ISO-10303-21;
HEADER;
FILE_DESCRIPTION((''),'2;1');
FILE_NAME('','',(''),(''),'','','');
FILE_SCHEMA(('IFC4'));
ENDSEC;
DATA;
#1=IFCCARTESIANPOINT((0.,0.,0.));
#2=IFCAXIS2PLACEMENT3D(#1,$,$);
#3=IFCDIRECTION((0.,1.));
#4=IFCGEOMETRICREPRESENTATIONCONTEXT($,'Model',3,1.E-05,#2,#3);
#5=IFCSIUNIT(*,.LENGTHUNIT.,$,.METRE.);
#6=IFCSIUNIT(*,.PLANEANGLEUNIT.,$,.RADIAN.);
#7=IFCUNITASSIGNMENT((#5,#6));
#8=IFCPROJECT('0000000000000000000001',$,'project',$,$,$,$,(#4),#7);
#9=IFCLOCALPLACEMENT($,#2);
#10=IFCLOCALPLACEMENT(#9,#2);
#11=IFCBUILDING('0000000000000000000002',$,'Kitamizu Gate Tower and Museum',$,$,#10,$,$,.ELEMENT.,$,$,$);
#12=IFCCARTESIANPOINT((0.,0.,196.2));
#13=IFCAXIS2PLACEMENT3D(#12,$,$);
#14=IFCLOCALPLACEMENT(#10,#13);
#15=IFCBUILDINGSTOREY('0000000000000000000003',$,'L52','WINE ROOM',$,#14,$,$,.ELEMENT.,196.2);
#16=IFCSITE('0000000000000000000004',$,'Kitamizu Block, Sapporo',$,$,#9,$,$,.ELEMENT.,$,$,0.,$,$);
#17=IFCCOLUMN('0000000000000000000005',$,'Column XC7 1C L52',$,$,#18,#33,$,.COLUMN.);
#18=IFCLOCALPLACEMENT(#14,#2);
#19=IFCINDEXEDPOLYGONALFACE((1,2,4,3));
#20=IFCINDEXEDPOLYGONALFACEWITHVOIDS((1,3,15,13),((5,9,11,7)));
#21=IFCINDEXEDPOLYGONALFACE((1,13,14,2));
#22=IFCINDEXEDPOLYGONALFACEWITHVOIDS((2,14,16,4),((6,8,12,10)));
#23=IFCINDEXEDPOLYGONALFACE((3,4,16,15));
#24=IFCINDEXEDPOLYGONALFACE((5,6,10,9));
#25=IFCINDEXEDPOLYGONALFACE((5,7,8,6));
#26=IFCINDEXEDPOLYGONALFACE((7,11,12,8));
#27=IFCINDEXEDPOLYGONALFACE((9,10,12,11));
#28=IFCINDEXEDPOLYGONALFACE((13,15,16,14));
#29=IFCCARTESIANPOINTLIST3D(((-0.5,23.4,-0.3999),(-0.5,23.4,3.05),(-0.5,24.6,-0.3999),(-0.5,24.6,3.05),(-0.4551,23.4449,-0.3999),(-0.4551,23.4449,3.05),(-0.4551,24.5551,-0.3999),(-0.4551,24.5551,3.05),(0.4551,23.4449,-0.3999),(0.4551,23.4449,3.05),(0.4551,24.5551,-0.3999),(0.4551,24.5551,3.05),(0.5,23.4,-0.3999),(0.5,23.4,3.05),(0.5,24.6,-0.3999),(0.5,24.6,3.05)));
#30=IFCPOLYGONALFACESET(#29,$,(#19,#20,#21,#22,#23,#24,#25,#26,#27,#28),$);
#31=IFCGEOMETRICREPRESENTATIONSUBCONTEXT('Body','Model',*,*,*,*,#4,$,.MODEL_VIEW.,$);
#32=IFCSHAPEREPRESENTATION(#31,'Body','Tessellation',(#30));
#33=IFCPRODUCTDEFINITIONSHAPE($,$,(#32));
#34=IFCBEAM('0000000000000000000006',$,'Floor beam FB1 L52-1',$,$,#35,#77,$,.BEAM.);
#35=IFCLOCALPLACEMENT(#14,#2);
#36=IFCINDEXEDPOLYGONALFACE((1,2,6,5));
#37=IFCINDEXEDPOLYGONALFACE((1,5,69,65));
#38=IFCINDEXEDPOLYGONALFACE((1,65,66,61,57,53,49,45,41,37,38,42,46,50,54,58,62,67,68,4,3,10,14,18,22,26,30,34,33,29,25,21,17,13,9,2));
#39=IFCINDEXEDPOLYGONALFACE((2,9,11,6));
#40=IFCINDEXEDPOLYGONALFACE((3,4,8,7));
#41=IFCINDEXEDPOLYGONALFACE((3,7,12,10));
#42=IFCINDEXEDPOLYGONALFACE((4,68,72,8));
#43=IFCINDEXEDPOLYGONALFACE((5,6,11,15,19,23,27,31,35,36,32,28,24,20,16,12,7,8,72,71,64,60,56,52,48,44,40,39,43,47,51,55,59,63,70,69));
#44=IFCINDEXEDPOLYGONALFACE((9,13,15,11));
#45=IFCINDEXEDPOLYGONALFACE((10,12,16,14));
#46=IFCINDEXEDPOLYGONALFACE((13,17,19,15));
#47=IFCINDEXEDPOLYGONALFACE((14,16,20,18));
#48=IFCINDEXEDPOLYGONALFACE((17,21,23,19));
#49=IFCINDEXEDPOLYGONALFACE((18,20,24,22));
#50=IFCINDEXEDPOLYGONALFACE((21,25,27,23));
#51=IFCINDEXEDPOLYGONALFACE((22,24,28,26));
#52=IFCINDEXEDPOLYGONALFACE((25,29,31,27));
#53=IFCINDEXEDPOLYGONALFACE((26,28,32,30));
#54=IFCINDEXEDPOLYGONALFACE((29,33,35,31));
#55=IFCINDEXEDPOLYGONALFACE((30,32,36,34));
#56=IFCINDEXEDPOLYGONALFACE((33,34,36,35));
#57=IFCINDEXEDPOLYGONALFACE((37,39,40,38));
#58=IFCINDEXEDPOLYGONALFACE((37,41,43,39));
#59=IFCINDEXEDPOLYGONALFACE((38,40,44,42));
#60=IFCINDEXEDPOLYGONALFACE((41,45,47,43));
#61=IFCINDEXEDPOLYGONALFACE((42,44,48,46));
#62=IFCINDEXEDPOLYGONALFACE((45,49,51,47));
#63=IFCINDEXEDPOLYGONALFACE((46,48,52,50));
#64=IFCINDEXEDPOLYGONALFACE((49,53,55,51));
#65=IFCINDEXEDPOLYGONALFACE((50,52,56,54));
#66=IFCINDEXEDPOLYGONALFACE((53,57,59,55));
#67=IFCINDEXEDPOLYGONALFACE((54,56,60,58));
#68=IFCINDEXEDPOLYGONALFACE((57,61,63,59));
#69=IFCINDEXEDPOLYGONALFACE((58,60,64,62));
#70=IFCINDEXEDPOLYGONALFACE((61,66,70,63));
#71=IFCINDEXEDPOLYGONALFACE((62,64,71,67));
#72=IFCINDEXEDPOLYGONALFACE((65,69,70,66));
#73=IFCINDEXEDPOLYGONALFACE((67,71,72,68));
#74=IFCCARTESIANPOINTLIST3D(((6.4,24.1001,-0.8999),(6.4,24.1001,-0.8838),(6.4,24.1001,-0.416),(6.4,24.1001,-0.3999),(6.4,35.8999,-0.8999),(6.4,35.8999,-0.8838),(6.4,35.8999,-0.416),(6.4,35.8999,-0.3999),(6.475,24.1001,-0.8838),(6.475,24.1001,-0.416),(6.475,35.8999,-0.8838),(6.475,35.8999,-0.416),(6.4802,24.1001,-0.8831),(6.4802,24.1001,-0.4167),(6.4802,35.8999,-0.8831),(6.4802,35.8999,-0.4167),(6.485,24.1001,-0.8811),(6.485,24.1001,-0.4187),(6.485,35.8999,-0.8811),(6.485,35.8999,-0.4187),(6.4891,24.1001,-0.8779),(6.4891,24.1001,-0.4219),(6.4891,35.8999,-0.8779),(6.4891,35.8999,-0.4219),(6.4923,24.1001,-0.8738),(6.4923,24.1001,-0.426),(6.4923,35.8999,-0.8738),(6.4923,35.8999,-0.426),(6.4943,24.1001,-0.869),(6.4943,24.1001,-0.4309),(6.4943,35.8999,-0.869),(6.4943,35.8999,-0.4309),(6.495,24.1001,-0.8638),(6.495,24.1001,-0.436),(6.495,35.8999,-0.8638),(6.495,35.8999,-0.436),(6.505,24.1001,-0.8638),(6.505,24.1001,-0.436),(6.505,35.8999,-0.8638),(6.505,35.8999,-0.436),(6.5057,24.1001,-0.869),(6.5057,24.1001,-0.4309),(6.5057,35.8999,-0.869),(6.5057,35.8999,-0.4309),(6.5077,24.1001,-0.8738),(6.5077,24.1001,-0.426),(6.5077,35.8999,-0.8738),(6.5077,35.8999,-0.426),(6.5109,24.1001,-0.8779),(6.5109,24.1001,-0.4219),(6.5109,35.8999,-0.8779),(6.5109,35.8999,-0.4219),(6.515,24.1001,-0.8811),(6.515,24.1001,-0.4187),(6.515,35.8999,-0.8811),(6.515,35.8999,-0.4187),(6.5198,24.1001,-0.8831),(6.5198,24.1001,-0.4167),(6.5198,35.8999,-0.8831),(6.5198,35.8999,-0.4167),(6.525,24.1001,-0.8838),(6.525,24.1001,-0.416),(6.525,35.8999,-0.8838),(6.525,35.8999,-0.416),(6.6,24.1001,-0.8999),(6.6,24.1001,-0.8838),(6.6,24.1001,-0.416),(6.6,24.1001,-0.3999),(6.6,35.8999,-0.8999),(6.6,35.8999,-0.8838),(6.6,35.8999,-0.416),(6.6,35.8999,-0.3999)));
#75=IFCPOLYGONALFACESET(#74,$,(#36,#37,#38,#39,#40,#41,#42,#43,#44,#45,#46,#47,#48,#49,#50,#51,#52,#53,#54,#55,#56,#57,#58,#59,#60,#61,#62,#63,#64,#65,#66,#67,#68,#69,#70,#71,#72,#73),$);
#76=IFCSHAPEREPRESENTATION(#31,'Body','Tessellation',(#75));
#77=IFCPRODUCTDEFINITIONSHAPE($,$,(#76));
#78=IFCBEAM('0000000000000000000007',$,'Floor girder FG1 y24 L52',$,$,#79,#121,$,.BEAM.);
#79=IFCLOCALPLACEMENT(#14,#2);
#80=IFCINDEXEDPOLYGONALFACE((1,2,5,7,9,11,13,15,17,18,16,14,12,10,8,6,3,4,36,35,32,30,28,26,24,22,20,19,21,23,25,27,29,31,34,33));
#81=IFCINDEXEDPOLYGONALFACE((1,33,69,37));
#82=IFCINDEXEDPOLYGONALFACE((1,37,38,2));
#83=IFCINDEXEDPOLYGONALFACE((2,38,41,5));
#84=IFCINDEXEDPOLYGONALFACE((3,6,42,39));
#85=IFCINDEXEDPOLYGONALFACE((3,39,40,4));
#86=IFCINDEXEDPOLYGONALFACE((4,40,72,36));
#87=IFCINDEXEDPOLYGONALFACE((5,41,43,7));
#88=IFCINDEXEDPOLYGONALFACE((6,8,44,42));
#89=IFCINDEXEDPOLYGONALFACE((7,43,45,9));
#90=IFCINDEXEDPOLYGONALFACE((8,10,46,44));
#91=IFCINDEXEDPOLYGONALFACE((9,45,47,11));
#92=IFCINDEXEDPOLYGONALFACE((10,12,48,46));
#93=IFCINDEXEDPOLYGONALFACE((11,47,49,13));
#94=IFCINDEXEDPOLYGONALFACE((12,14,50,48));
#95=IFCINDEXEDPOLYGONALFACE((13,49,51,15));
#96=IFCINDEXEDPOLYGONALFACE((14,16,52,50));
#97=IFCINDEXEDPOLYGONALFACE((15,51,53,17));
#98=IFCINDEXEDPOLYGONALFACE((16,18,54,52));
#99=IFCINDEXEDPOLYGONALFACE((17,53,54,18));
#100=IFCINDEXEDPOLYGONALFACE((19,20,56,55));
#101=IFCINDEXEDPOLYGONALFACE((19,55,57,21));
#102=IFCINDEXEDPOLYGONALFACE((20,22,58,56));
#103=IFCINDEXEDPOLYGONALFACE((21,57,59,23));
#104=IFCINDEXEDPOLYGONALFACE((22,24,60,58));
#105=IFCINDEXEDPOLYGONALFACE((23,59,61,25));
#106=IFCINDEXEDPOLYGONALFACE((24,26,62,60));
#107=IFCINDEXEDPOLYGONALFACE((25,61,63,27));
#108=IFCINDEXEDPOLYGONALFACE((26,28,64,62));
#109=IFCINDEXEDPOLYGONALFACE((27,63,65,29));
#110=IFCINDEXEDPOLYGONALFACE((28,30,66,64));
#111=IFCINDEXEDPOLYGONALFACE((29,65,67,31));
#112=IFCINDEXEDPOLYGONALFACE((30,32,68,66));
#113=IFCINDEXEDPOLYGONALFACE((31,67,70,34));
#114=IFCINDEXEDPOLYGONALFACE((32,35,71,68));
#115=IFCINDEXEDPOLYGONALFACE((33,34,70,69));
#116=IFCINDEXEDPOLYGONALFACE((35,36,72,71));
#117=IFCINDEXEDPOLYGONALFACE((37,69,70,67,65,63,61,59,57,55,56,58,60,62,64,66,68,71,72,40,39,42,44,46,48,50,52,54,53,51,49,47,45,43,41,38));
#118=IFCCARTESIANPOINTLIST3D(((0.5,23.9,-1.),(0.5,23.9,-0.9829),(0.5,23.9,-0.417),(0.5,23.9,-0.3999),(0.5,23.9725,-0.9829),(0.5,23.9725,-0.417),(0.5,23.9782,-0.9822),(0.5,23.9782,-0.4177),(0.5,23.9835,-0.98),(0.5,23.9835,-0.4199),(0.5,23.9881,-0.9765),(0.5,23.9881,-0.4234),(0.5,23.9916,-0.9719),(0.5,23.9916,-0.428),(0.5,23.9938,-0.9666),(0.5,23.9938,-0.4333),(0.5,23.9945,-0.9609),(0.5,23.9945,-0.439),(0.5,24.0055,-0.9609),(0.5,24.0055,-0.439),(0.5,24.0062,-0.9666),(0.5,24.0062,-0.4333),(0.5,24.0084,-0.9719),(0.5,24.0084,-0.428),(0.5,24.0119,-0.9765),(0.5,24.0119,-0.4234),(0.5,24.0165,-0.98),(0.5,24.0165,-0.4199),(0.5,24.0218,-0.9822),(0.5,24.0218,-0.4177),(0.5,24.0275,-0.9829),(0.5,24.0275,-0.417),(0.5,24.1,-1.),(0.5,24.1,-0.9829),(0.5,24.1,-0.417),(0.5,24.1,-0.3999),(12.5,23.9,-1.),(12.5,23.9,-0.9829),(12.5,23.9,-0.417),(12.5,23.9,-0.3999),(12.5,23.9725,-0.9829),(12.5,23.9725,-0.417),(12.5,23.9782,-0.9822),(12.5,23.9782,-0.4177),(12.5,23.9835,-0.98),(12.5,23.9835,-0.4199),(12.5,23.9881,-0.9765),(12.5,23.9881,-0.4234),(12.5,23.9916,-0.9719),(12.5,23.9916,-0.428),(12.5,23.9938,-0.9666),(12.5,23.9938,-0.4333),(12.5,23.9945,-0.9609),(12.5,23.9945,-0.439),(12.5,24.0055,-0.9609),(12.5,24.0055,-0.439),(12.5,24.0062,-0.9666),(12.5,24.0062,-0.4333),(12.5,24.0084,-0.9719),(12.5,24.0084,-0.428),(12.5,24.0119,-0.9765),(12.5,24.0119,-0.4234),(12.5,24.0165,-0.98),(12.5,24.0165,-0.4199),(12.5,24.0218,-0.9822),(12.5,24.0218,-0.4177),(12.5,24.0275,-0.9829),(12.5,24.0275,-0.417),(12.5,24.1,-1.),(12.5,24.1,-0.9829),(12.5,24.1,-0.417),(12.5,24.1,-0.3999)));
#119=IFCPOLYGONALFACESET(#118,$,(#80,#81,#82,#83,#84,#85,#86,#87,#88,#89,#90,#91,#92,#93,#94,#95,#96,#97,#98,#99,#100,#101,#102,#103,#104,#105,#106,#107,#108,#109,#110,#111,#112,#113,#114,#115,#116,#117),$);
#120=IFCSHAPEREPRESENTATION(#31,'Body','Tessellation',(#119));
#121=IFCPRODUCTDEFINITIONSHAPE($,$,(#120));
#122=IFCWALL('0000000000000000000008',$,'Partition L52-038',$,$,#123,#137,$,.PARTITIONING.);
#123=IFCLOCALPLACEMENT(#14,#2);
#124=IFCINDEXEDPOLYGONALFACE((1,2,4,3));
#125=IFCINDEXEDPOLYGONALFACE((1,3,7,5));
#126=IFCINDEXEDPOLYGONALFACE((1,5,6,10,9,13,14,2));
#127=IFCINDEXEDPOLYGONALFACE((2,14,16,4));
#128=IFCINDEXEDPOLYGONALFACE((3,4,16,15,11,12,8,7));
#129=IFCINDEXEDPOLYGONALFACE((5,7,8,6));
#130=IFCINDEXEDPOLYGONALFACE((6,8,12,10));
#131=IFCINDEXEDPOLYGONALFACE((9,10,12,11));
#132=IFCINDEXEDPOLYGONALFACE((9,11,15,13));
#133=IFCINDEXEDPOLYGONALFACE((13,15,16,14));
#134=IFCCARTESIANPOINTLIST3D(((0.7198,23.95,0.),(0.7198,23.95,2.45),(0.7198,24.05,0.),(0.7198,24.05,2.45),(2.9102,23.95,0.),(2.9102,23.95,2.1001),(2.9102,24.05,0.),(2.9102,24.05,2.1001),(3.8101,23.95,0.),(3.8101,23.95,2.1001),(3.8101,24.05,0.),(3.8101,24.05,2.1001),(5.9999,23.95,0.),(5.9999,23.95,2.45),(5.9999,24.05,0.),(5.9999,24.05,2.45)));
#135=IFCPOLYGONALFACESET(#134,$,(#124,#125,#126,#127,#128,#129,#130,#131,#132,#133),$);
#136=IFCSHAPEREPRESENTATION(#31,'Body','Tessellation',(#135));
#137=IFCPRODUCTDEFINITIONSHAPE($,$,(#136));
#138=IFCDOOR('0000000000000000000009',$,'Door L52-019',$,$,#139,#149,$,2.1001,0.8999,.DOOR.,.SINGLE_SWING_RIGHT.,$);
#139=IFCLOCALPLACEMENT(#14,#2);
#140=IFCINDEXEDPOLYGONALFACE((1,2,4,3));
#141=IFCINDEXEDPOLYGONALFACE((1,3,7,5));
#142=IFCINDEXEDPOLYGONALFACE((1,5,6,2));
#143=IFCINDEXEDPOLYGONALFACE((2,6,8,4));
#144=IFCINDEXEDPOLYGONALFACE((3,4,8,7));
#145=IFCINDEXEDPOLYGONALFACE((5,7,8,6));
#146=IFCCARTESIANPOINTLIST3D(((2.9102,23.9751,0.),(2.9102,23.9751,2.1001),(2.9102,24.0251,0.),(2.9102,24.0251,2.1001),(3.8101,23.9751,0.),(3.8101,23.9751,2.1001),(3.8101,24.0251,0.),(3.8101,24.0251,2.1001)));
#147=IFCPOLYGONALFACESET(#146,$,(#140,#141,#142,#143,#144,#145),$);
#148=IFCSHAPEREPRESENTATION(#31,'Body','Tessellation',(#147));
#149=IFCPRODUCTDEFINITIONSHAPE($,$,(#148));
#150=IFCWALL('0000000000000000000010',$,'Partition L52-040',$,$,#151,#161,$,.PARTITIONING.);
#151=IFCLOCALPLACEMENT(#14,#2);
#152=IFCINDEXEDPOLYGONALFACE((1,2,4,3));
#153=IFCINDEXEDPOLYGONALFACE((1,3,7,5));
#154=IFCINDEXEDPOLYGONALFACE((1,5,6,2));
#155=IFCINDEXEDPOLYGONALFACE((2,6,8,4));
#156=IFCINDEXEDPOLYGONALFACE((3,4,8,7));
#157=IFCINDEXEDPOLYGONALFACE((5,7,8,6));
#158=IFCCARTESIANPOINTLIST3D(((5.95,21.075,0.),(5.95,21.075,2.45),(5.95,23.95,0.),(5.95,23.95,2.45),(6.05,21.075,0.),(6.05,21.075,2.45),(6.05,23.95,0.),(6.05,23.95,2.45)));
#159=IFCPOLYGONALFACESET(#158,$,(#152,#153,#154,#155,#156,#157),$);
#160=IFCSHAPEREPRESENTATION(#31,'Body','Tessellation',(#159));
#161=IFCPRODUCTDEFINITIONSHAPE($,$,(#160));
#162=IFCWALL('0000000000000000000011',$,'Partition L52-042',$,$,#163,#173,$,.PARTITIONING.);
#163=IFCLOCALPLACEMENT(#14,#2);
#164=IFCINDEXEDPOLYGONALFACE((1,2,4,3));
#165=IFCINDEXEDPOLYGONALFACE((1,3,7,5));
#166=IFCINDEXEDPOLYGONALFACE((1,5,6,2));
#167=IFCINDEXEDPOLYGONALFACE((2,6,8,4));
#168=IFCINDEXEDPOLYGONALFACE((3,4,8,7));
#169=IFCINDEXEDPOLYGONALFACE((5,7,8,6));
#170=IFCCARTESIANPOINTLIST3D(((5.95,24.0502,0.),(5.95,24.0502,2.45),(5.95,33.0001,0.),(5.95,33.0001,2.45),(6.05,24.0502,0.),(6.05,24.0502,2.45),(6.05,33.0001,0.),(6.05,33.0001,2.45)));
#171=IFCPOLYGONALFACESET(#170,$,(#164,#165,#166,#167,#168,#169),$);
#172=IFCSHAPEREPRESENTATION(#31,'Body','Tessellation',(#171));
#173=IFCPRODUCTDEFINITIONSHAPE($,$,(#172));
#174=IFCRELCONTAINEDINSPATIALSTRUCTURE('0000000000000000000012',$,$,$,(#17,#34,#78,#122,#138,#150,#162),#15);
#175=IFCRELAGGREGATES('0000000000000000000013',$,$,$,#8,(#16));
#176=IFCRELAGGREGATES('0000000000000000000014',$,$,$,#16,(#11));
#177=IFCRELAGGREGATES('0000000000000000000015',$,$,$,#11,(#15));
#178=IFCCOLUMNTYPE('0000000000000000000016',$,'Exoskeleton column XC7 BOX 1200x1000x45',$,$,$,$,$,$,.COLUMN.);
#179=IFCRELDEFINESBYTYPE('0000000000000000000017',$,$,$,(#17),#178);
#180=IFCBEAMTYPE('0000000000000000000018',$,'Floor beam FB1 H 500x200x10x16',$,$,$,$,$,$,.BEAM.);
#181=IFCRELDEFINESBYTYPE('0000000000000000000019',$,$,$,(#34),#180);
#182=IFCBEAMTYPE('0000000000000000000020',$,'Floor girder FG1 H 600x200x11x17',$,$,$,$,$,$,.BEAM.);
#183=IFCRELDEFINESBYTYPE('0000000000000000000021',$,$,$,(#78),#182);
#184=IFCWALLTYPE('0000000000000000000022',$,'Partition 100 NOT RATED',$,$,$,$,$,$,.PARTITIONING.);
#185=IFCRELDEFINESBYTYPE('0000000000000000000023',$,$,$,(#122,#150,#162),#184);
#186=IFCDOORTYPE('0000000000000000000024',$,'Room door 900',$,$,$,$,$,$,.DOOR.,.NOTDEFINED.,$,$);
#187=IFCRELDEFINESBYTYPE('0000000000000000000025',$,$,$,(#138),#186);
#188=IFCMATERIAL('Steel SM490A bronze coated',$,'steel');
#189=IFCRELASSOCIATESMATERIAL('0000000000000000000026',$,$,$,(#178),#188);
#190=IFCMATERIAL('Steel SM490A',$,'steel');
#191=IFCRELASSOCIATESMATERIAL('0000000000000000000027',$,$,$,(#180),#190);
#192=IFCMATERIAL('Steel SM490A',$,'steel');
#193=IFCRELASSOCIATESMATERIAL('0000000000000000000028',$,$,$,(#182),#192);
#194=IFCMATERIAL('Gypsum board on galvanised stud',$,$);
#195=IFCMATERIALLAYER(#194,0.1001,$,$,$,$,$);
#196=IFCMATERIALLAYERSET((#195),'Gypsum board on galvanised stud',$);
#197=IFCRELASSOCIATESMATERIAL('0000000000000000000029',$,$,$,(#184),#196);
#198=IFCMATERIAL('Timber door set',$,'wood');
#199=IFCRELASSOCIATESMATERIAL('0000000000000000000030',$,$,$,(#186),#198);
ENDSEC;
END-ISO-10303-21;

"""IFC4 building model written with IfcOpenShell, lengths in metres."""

from ifc_helpers import new_model, si_unit, direction, frame, frame_2d, origin, origin_2d, place, context, subcontext, project, spatial, rectangle, hollow_rectangle, i_section, extrude, material, layer, layer_set, material_profile, profile_set, type_object, element, fill, save


model = new_model("IFC4")

# Units and contexts
model_context = context("Model", 3, precision=1e-05, world=origin(), true_north=direction((0.0, 1.0)))
body_context = subcontext(model_context, "Body", "Model", "MODEL_VIEW")
ifc_project = project(units=[si_unit("LENGTHUNIT", "METRE"), si_unit("PLANEANGLEUNIT", "RADIAN")], contexts=[model_context])

# Site, building, storey
site_placement = place(None, origin())
site = spatial("IfcSite", under=ifc_project, at=site_placement, Name="Kitamizu Block, Sapporo", CompositionType="ELEMENT", RefElevation=0.0)
building_placement = place(site_placement, origin())
building = spatial("IfcBuilding", under=site, at=building_placement, Name="Kitamizu Gate Tower and Museum", CompositionType="ELEMENT")
storey_placement = place(building_placement, frame((0.0, 0.0, 196.2)))
storey = spatial("IfcBuildingStorey", under=building, at=storey_placement, Name="L52", Description="WINE ROOM", CompositionType="ELEMENT", Elevation=196.2)

# Column
ifc_material_1 = material(Name="Steel SM490A bronze coated", Category="steel")
ifc_material_profile_1 = material_profile(ifc_material_1, hollow_rectangle(XDim=1.2, YDim=1.0, WallThickness=0.0449, at=origin_2d()), Name="BOX 1200x1000x45")
ifc_profile_set_1 = profile_set([ifc_material_profile_1], Name="Steel SM490A bronze coated")
column_type = type_object("IfcColumnType", Name="Exoskeleton column XC7 BOX 1200x1000x45", PredefinedType="COLUMN", material=ifc_profile_set_1)
column_placement = place(storey_placement, frame((0.0, 24.0, -0.3999), z_axis=(0.0, 0.0, 1.0), x_axis=(0.0, 1.0, 0.0)))
element("IfcColumn", 1, at=column_placement, inside=storey, type_object=column_type, Name="Column XC7 1C L52", PredefinedType="COLUMN", context=body_context, shape_type="SweptSolid", body=[
    extrude(hollow_rectangle(XDim=1.2, YDim=1.0, WallThickness=0.0449, at=origin_2d()), origin(), (0.0, 0.0, 1.0), 3.45),
])

# Beams
ifc_material_2 = material(Name="Steel SM490A", Category="steel")
ifc_material_profile_2 = material_profile(ifc_material_2, i_section(OverallWidth=0.2, OverallDepth=0.5, WebThickness=0.01, FlangeThickness=0.0161, FilletRadius=0.02, at=origin_2d()), Name="H-500x200x10x16")
ifc_profile_set_2 = profile_set([ifc_material_profile_2], Name="Steel SM490A")
beam_type_1 = type_object("IfcBeamType", Name="Floor beam FB1 H 500x200x10x16", PredefinedType="BEAM", material=ifc_profile_set_2)
beam_1_placement = place(storey_placement, frame((6.5, 24.1001, -0.6499), z_axis=(0.0, 1.0, 0.0), x_axis=(-1.0, 0.0, 0.0)))
element("IfcBeam", 2, at=beam_1_placement, inside=storey, type_object=beam_type_1, Name="Floor beam FB1 L52-1", PredefinedType="BEAM", context=body_context, shape_type="SweptSolid", body=[
    extrude(i_section(OverallWidth=0.2, OverallDepth=0.5, WebThickness=0.01, FlangeThickness=0.0161, FilletRadius=0.02, at=origin_2d()), origin(), (0.0, 0.0, 1.0), 11.7998),
])
ifc_material_3 = material(Name="Steel SM490A", Category="steel")
ifc_material_profile_3 = material_profile(ifc_material_3, i_section(OverallWidth=0.2, OverallDepth=0.6001, WebThickness=0.011, FlangeThickness=0.0171, FilletRadius=0.022, at=origin_2d()), Name="H-600x200x11x17")
ifc_profile_set_3 = profile_set([ifc_material_profile_3], Name="Steel SM490A")
beam_type_2 = type_object("IfcBeamType", Name="Floor girder FG1 H 600x200x11x17", PredefinedType="BEAM", material=ifc_profile_set_3)
beam_2_placement = place(storey_placement, frame((0.5, 24.0, -0.7), z_axis=(1.0, 0.0, 0.0), x_axis=(0.0, 1.0, 0.0)))
element("IfcBeam", 3, at=beam_2_placement, inside=storey, type_object=beam_type_2, Name="Floor girder FG1 y24 L52", PredefinedType="BEAM", context=body_context, shape_type="SweptSolid", body=[
    extrude(i_section(OverallWidth=0.2, OverallDepth=0.6001, WebThickness=0.011, FlangeThickness=0.0171, FilletRadius=0.022, at=origin_2d()), origin(), (0.0, 0.0, 1.0), 12.0),
])

# Wall, opening, door
ifc_material_4 = material(Name="Gypsum board on galvanised stud")
ifc_layer_1 = layer(ifc_material_4, 0.1001)
ifc_layer_set_1 = layer_set([ifc_layer_1], Name="Gypsum board on galvanised stud")
wall_type_1 = type_object("IfcWallType", Name="Partition 100 NOT RATED", PredefinedType="PARTITIONING", material=ifc_layer_set_1)
wall_1_placement = place(storey_placement, frame((6.0, 24.0, 0.0), z_axis=(0.0, 0.0, 1.0), x_axis=(-1.0, 0.0, 0.0)))
wall_1 = element("IfcWall", 4, at=wall_1_placement, inside=storey, type_object=wall_type_1, Name="Partition L52-038", PredefinedType="PARTITIONING", context=body_context, shape_type="SweptSolid", body=[
    extrude(rectangle(XDim=5.28, YDim=0.1001, at=frame_2d((2.6401, 0.0))), origin(), (0.0, 0.0, 1.0), 2.45),
])
opening_1_placement = place(wall_1_placement, frame((2.1899, 0.0, 0.0)))
opening_1 = element("IfcOpeningElement", 5, at=opening_1_placement, cuts=wall_1, PredefinedType="OPENING", context=body_context, shape_type="SweptSolid", body=[
    extrude(rectangle(XDim=0.8999, YDim=2.1001, at=frame_2d((0.45, 1.05))), frame((0.0, 0.0601, 0.0), z_axis=(0.0, -1.0, 0.0), x_axis=(1.0, 0.0, 0.0)), (0.0, 0.0, 1.0), 0.1201),
])
ifc_material_5 = material(Name="Timber door set", Category="wood")
door_type_1 = type_object("IfcDoorType", Name="Room door 900", OperationType="NOTDEFINED", PredefinedType="DOOR", material=ifc_material_5)
door_1_placement = place(opening_1_placement, origin())
door_1 = element("IfcDoor", 6, at=door_1_placement, inside=storey, type_object=door_type_1, Name="Door L52-019", OperationType="SINGLE_SWING_RIGHT", OverallHeight=2.1001, OverallWidth=0.8999, PredefinedType="DOOR", context=body_context, shape_type="SweptSolid", body=[
    extrude(rectangle(XDim=0.8999, YDim=2.1001, at=frame_2d((0.45, 1.05))), frame((0.0, 0.0249, 0.0), z_axis=(0.0, -1.0, 0.0), x_axis=(1.0, 0.0, 0.0)), (0.0, 0.0, 1.0), 0.05),
])
fill(opening_1, door_1)

# Walls
wall_2_placement = place(storey_placement, frame((6.0, 21.075, 0.0), z_axis=(0.0, 0.0, 1.0), x_axis=(0.0, 1.0, 0.0)))
element("IfcWall", 7, at=wall_2_placement, inside=storey, type_object=wall_type_1, Name="Partition L52-040", PredefinedType="PARTITIONING", context=body_context, shape_type="SweptSolid", body=[
    extrude(rectangle(XDim=2.875, YDim=0.1001, at=frame_2d((1.4375, 0.0))), origin(), (0.0, 0.0, 1.0), 2.45),
])
wall_3_placement = place(storey_placement, frame((6.0, 24.05, 0.0), z_axis=(0.0, 0.0, 1.0), x_axis=(0.0, 1.0, 0.0)))
element("IfcWall", 8, at=wall_3_placement, inside=storey, type_object=wall_type_1, Name="Partition L52-042", PredefinedType="PARTITIONING", context=body_context, shape_type="SweptSolid", body=[
    extrude(rectangle(XDim=8.95, YDim=0.1001, at=frame_2d((4.4751, 0.0))), origin(), (0.0, 0.0, 1.0), 2.45),
])

save(model, "model.ifc")
